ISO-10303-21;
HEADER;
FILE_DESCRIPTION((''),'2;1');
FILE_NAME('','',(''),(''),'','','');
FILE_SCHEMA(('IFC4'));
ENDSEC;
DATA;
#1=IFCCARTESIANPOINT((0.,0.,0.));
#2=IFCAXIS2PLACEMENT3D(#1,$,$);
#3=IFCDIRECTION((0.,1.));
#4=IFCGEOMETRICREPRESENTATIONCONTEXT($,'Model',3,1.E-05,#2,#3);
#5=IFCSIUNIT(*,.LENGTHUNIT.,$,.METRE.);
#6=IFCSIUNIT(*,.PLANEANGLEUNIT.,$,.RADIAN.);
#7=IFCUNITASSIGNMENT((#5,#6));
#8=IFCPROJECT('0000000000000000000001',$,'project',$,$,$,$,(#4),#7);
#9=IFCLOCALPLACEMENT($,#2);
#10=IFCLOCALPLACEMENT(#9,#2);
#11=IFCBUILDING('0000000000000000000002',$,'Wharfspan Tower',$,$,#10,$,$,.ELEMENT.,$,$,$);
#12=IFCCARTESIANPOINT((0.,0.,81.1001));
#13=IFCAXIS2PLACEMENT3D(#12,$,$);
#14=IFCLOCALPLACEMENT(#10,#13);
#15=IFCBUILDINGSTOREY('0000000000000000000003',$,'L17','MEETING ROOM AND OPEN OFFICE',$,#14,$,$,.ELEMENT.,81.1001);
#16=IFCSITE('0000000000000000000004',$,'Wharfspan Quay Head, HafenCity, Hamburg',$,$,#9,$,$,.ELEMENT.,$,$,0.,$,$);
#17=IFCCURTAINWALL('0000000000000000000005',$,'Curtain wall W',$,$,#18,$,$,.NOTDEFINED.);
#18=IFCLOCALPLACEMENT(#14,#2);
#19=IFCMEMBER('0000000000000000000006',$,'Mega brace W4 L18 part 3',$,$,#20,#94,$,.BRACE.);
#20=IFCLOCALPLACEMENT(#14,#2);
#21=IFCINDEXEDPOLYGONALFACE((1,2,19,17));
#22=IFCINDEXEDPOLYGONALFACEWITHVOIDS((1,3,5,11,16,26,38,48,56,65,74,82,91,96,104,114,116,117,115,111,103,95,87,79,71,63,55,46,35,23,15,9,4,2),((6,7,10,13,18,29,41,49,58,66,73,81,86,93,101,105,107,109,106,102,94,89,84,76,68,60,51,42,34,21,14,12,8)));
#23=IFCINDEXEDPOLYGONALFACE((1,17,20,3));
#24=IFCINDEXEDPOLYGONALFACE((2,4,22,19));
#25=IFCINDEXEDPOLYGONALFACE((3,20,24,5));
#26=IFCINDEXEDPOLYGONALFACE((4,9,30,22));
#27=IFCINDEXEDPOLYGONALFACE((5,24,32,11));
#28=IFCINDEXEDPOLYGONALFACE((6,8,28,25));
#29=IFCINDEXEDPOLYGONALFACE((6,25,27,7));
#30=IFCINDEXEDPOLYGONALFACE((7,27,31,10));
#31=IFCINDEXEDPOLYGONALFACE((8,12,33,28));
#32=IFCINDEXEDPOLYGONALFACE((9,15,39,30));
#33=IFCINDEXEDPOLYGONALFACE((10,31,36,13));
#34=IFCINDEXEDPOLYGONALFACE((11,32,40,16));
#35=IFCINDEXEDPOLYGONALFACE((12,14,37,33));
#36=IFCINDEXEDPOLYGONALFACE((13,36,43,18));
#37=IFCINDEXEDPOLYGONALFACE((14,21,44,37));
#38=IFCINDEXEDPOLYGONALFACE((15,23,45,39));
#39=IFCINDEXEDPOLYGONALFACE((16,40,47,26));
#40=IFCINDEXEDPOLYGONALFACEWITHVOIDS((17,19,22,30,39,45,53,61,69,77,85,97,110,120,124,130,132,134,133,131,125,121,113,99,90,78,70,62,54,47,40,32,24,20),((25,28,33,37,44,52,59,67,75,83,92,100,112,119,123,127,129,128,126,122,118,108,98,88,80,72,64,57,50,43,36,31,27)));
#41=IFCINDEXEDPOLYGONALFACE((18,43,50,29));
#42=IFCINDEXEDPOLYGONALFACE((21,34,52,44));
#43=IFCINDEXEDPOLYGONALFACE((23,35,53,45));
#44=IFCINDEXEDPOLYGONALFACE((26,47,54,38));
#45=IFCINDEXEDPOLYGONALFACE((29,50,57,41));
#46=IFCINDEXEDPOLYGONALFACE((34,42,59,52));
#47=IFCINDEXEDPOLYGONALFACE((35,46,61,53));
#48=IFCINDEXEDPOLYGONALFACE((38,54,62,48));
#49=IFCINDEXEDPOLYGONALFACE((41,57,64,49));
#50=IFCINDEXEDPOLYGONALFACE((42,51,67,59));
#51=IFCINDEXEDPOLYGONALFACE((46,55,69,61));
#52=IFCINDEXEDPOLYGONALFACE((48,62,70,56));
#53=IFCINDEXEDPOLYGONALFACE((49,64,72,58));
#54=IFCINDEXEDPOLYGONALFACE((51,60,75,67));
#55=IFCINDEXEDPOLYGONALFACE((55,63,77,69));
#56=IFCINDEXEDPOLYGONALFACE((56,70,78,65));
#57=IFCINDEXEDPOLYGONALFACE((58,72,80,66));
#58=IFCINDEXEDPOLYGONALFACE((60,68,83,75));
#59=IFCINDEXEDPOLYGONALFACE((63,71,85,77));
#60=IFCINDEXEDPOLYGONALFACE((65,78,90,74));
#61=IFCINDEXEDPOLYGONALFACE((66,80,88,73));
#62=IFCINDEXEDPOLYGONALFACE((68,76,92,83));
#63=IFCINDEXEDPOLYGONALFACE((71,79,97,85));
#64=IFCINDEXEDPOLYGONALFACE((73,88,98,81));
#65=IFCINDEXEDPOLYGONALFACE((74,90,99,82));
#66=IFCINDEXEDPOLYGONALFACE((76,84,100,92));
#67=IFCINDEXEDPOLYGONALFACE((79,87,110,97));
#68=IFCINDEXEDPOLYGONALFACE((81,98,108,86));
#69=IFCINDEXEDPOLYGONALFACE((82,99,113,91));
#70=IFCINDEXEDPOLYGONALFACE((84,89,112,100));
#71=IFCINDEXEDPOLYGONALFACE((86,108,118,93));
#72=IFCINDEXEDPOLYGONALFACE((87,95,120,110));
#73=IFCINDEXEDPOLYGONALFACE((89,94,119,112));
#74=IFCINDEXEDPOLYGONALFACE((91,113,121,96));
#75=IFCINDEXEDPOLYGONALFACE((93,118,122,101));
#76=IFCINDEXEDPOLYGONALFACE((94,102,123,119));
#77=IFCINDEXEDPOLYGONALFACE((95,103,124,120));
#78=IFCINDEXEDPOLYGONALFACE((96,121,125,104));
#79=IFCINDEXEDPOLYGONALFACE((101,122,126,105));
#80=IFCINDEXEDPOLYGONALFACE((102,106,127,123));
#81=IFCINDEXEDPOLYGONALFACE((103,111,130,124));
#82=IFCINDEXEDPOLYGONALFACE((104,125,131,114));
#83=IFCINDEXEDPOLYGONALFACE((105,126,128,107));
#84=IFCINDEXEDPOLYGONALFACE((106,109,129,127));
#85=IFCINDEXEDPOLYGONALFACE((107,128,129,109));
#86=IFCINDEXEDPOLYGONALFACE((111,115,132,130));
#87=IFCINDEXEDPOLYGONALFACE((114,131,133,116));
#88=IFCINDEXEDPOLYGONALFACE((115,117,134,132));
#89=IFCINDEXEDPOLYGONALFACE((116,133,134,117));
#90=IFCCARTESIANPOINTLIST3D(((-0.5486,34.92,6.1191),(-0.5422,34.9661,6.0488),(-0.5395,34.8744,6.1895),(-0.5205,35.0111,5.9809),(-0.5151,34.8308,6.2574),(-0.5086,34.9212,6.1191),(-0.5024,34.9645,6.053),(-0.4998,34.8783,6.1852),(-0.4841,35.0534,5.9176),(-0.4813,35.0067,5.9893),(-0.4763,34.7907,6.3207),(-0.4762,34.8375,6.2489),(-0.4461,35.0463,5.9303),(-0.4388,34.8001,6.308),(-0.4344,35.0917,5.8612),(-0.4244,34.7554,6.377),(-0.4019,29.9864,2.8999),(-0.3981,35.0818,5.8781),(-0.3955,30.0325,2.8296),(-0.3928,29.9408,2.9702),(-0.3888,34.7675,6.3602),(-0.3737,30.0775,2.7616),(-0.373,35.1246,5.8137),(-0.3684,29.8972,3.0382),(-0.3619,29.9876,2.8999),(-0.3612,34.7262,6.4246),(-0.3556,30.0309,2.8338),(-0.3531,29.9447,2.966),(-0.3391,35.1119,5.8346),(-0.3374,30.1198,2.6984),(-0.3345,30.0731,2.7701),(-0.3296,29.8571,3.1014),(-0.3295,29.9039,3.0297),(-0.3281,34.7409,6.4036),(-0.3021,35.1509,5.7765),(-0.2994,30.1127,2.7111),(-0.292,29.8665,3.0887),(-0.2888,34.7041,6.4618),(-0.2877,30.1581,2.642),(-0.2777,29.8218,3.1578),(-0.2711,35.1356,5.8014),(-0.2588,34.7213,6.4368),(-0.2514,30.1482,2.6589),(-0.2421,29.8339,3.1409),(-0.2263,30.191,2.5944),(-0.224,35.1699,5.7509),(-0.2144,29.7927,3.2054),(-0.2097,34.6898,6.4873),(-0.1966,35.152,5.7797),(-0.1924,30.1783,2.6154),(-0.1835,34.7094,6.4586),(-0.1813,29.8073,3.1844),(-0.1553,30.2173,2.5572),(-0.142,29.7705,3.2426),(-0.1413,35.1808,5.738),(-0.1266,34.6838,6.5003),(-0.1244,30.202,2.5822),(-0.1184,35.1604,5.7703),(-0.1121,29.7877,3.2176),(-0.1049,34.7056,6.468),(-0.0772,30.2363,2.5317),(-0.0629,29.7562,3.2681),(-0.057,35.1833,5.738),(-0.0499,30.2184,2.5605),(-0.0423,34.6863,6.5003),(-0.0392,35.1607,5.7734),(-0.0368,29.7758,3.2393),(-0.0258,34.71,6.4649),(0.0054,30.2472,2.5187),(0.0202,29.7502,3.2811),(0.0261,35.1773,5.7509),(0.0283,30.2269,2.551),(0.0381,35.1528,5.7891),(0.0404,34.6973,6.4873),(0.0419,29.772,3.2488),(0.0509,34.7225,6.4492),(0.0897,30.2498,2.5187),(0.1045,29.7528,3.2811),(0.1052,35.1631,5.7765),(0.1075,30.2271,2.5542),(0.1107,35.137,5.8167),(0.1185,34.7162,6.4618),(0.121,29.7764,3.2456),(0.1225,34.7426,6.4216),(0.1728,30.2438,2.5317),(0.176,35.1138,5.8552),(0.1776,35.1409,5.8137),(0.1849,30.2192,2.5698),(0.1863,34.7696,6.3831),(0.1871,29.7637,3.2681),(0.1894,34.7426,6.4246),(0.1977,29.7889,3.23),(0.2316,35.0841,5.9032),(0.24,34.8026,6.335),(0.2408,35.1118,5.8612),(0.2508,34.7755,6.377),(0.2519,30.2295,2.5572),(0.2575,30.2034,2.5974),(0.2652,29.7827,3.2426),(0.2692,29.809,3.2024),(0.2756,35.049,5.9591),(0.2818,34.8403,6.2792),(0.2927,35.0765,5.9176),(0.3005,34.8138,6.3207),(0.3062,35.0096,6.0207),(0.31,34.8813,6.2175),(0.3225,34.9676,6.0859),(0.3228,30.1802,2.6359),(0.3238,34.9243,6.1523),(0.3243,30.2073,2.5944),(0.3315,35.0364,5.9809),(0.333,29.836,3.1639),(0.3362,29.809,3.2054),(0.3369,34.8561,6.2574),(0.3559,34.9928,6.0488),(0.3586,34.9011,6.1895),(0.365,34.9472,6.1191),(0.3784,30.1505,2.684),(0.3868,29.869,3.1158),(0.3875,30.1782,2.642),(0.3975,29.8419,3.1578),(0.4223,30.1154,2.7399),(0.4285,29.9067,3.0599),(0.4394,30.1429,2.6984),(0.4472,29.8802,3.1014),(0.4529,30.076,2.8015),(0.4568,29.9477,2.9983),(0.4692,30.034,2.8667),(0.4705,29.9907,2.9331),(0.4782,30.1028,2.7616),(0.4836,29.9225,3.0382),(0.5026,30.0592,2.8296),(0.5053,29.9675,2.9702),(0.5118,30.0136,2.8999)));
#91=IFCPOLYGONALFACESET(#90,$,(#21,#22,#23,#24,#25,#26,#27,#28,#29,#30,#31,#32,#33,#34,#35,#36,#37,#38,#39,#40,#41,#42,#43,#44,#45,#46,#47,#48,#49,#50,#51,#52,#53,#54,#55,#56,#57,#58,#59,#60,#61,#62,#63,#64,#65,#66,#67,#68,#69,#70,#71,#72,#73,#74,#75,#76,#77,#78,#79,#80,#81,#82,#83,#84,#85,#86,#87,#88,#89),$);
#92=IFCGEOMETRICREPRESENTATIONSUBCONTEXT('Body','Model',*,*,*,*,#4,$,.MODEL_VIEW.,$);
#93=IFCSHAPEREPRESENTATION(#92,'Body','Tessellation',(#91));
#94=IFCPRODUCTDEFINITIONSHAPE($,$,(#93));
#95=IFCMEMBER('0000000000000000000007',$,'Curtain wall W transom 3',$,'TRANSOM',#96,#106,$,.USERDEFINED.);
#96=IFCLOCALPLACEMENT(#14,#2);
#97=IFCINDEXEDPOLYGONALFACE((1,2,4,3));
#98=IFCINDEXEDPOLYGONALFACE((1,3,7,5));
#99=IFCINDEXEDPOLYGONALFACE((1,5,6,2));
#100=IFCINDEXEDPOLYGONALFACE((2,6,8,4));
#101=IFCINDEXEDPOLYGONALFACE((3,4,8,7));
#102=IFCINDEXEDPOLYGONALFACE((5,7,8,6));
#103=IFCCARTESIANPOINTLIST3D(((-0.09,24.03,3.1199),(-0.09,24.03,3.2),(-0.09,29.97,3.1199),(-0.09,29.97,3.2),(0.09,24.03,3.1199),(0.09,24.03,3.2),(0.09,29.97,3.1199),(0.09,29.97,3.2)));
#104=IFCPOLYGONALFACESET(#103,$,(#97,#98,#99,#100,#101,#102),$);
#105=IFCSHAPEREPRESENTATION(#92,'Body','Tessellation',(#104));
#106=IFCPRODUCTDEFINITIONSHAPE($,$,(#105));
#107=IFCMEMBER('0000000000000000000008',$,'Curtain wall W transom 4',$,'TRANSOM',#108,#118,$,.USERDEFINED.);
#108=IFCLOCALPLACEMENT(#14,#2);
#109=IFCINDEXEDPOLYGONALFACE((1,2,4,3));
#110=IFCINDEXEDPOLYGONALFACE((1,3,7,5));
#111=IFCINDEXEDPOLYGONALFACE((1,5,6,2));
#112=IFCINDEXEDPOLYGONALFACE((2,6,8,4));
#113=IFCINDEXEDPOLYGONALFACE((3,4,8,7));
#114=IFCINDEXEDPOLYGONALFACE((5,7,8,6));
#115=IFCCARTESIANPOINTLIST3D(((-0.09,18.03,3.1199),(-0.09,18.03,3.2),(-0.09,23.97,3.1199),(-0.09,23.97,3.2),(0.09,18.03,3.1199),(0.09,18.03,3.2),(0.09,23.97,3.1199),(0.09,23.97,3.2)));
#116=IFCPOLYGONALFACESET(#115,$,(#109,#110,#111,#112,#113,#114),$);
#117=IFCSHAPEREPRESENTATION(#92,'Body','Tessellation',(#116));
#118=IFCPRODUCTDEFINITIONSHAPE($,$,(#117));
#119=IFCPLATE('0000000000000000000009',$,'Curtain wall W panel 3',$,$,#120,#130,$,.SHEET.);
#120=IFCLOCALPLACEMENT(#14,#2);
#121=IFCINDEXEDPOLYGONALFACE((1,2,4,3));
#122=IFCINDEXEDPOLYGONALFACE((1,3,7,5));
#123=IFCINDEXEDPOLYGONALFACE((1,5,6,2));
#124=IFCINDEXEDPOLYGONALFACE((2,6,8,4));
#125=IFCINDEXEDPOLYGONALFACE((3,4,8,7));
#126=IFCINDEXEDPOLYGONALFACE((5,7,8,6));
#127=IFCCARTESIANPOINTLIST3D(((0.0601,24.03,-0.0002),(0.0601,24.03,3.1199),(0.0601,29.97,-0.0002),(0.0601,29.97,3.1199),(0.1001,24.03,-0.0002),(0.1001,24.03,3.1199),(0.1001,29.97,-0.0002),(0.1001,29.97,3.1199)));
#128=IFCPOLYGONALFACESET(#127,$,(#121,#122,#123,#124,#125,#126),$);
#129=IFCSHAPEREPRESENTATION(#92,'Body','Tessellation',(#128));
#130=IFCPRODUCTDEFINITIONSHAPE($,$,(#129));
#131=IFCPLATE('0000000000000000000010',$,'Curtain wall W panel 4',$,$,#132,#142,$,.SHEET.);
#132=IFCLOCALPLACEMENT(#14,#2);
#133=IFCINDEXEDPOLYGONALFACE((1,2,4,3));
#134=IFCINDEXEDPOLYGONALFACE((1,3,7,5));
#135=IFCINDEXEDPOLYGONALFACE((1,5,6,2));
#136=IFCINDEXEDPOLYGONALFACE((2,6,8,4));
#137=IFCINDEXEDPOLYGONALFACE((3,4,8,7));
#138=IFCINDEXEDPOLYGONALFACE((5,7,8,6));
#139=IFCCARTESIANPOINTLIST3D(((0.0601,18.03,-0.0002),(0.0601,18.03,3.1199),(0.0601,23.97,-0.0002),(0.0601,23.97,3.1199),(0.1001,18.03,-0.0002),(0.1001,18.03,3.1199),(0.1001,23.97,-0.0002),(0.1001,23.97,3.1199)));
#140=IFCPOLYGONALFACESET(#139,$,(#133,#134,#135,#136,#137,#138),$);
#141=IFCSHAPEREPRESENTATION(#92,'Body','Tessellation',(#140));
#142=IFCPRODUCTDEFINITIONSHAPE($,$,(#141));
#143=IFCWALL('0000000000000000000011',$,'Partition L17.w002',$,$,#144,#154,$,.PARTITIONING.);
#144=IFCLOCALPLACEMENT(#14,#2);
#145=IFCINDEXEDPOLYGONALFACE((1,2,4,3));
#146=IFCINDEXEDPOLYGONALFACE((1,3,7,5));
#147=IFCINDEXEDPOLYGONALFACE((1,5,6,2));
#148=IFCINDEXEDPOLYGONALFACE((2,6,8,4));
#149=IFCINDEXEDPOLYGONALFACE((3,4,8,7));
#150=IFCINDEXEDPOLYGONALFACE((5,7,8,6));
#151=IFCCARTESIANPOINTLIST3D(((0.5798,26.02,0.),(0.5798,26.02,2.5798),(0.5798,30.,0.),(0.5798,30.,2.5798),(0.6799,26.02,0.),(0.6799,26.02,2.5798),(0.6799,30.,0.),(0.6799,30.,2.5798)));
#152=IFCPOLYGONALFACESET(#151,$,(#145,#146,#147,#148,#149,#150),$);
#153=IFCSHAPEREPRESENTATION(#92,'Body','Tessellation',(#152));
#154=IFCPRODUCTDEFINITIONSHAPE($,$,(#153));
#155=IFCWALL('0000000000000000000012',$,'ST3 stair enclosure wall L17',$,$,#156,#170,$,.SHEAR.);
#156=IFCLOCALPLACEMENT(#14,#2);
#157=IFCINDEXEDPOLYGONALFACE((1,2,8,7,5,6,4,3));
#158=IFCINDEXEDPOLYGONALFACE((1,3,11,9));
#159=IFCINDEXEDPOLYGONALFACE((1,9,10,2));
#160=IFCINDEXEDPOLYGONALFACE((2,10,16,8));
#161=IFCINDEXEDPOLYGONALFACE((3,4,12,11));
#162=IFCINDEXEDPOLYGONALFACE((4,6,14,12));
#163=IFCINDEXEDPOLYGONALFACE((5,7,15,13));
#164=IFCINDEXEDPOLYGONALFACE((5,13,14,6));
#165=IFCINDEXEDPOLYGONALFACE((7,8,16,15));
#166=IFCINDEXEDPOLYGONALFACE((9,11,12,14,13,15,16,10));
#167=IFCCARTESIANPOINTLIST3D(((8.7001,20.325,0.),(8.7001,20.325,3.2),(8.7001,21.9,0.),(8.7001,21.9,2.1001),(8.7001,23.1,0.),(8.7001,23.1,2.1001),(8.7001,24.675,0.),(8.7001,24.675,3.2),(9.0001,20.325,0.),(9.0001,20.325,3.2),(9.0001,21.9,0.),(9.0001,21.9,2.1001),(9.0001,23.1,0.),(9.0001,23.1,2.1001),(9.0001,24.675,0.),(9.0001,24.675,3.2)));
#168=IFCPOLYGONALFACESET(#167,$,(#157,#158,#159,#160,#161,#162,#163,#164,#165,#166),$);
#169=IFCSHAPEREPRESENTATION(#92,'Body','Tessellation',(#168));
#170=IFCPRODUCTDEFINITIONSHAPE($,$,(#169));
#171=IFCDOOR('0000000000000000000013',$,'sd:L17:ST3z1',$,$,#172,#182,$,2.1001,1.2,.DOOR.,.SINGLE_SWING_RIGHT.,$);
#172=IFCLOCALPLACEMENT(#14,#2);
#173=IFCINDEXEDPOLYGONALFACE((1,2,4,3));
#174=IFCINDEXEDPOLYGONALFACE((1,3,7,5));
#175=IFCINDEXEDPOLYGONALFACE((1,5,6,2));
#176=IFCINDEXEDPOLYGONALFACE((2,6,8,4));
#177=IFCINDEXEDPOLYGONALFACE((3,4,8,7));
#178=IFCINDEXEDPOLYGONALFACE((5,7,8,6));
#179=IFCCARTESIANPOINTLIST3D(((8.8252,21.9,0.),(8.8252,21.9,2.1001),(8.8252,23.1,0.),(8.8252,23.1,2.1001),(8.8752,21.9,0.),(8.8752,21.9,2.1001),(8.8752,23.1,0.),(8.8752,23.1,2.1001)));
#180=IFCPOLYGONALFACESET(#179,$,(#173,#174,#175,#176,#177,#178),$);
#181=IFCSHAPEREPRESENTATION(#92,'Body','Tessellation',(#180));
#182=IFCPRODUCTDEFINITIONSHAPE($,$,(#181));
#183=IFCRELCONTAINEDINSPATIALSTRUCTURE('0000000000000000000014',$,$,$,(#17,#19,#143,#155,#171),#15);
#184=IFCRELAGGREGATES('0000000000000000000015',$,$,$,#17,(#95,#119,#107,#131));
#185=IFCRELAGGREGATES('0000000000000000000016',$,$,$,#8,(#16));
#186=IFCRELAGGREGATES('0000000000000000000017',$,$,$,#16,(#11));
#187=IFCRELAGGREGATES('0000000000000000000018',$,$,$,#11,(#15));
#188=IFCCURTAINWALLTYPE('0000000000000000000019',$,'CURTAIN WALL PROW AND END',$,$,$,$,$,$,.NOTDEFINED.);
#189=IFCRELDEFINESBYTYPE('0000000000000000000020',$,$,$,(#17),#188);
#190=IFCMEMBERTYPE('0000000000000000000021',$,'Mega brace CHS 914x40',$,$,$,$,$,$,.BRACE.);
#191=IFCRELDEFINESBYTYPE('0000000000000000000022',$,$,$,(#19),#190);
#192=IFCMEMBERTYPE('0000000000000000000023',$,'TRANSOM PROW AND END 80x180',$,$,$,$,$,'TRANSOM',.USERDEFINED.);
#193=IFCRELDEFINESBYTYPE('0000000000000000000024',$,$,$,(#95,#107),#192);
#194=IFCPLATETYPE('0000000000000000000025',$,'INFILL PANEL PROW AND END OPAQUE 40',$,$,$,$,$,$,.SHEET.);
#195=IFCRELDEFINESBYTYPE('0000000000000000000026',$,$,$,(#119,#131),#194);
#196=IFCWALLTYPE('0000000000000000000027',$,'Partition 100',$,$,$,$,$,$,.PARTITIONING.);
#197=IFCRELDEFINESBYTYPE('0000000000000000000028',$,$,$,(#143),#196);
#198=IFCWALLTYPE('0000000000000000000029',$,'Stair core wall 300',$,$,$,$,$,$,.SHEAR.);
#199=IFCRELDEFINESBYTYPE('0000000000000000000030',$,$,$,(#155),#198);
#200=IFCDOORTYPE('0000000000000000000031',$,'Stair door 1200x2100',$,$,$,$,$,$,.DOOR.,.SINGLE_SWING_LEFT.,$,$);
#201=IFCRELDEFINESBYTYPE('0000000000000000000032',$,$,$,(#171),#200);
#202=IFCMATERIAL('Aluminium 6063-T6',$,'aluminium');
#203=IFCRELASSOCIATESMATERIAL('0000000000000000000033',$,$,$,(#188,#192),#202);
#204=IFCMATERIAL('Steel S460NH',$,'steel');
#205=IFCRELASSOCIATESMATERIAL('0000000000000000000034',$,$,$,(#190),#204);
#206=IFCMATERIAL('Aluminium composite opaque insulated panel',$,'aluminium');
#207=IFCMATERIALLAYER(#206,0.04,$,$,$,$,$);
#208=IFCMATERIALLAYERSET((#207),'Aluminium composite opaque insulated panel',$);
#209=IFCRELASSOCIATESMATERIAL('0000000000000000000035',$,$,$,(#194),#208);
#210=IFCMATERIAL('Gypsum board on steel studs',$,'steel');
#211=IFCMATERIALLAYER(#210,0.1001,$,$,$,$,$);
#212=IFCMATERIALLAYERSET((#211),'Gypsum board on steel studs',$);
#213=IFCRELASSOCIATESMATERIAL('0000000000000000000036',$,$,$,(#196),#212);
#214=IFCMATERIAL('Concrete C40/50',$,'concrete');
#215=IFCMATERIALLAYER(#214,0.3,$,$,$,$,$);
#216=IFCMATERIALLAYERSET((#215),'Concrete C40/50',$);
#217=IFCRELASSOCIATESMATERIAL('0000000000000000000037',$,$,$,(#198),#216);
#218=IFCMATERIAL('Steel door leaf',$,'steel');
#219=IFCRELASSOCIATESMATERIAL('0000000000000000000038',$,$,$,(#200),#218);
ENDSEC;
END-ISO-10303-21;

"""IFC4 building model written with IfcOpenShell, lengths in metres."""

from ifc_helpers import new_model, si_unit, direction, frame, frame_2d, origin, origin_2d, place, context, subcontext, project, spatial, rectangle, hollow_circle, extrude, material, layer, layer_set, material_profile, profile_set, type_object, element, fill, aggregate, save


model = new_model("IFC4")

# Units and contexts
model_context = context("Model", 3, precision=1e-05, world=origin(), true_north=direction((0.0, 1.0)))
body_context = subcontext(model_context, "Body", "Model", "MODEL_VIEW")
ifc_project = project(units=[si_unit("LENGTHUNIT", "METRE"), si_unit("PLANEANGLEUNIT", "RADIAN")], contexts=[model_context])

# Site, building, storey
site_placement = place(None, origin())
site = spatial("IfcSite", under=ifc_project, at=site_placement, Name="Wharfspan Quay Head, HafenCity, Hamburg", CompositionType="ELEMENT", RefElevation=0.0)
building_placement = place(site_placement, origin())
building = spatial("IfcBuilding", under=site, at=building_placement, Name="Wharfspan Tower", CompositionType="ELEMENT")
storey_placement = place(building_placement, frame((0.0, 0.0, 81.1001)))
storey = spatial("IfcBuildingStorey", under=building, at=storey_placement, Name="L17", Description="MEETING ROOM AND OPEN OFFICE", CompositionType="ELEMENT", Elevation=81.1001)

# Curtain wall
ifc_material_1 = material(Name="Aluminium 6063-T6", Category="aluminium")
curtain_wall_type = type_object("IfcCurtainWallType", Name="CURTAIN WALL PROW AND END", PredefinedType="NOTDEFINED", material=ifc_material_1)
curtain_wall_placement = place(storey_placement, origin())
curtain_wall = element("IfcCurtainWall", 1, at=curtain_wall_placement, inside=storey, type_object=curtain_wall_type, Name="Curtain wall W", PredefinedType="NOTDEFINED")

# Member
ifc_material_2 = material(Name="Steel S460NH", Category="steel")
ifc_material_profile_1 = material_profile(ifc_material_2, hollow_circle(Radius=0.457, WallThickness=0.04, at=origin_2d()))
ifc_profile_set_1 = profile_set([ifc_material_profile_1], Name="Steel S460NH")
member_type_1 = type_object("IfcMemberType", Name="Mega brace CHS 914x40", PredefinedType="BRACE", material=ifc_profile_set_1)
member_1_placement = place(storey_placement, frame((0.0549, 30.0, 2.8999), z_axis=(-0.0249, 0.837221, 0.546298), x_axis=(-0.999556, -0.02973, 0.000003)))
element("IfcMember", 2, at=member_1_placement, inside=storey, type_object=member_type_1, Name="Mega brace W4 L18 part 3", PredefinedType="BRACE", context=body_context, shape_type="SweptSolid", body=[
    extrude(hollow_circle(Radius=0.457, WallThickness=0.04, at=origin_2d()), origin(), (0.0, 0.0, 1.0), 5.8928),
])

# Members
ifc_material_profile_2 = material_profile(ifc_material_1, rectangle(XDim=0.1799, YDim=0.0801, at=origin_2d()))
ifc_profile_set_2 = profile_set([ifc_material_profile_2], Name="Aluminium 6063-T6")
member_type_2 = type_object("IfcMemberType", Name="TRANSOM PROW AND END 80x180", ElementType="TRANSOM", PredefinedType="USERDEFINED", material=ifc_profile_set_2)
member_2_placement = place(storey_placement, frame((0.0, 29.97, 3.1599), z_axis=(0.0, -1.0, 0.0), x_axis=(1.0, 0.0, 0.0)))
member_2 = element("IfcMember", 3, at=member_2_placement, type_object=member_type_2, Name="Curtain wall W transom 3", ObjectType="TRANSOM", PredefinedType="USERDEFINED", context=body_context, shape_type="SweptSolid", body=[
    extrude(rectangle(XDim=0.1799, YDim=0.0801, at=origin_2d()), origin(), (0.0, 0.0, 1.0), 5.9399),
])
member_3_placement = place(storey_placement, frame((0.0, 23.97, 3.1599), z_axis=(0.0, -1.0, 0.0), x_axis=(1.0, 0.0, 0.0)))
member_3 = element("IfcMember", 4, at=member_3_placement, type_object=member_type_2, Name="Curtain wall W transom 4", ObjectType="TRANSOM", PredefinedType="USERDEFINED", context=body_context, shape_type="SweptSolid", body=[
    extrude(rectangle(XDim=0.1799, YDim=0.0801, at=origin_2d()), origin(), (0.0, 0.0, 1.0), 5.9399),
])

# Plates
ifc_material_3 = material(Name="Aluminium composite opaque insulated panel", Category="aluminium")
ifc_layer_1 = layer(ifc_material_3, 0.04)
ifc_layer_set_1 = layer_set([ifc_layer_1], Name="Aluminium composite opaque insulated panel")
plate_type = type_object("IfcPlateType", Name="INFILL PANEL PROW AND END OPAQUE 40", PredefinedType="SHEET", material=ifc_layer_set_1)
plate_1_placement = place(storey_placement, frame((0.0801, 27.0, -0.0002), z_axis=(0.0, 0.0, 1.0), x_axis=(0.0, -1.0, 0.0)))
plate_1 = element("IfcPlate", 5, at=plate_1_placement, type_object=plate_type, Name="Curtain wall W panel 3", PredefinedType="SHEET", context=body_context, shape_type="SweptSolid", body=[
    extrude(rectangle(XDim=5.9399, YDim=0.04, at=origin_2d()), origin(), (0.0, 0.0, 1.0), 3.1201),
])
plate_2_placement = place(storey_placement, frame((0.0801, 21.0, -0.0002), z_axis=(0.0, 0.0, 1.0), x_axis=(0.0, -1.0, 0.0)))
plate_2 = element("IfcPlate", 6, at=plate_2_placement, type_object=plate_type, Name="Curtain wall W panel 4", PredefinedType="SHEET", context=body_context, shape_type="SweptSolid", body=[
    extrude(rectangle(XDim=5.9399, YDim=0.04, at=origin_2d()), origin(), (0.0, 0.0, 1.0), 3.1201),
])
aggregate(curtain_wall, [member_2, plate_1, member_3, plate_2])

# Wall
ifc_material_4 = material(Name="Gypsum board on steel studs", Category="steel")
ifc_layer_2 = layer(ifc_material_4, 0.1001)
ifc_layer_set_2 = layer_set([ifc_layer_2], Name="Gypsum board on steel studs")
wall_type_1 = type_object("IfcWallType", Name="Partition 100", PredefinedType="PARTITIONING", material=ifc_layer_set_2)
wall_1_placement = place(storey_placement, frame((0.6299, 26.02, 0.0), z_axis=(0.0, 0.0, 1.0), x_axis=(0.0, 1.0, 0.0)))
element("IfcWall", 7, at=wall_1_placement, inside=storey, type_object=wall_type_1, Name="Partition L17.w002", PredefinedType="PARTITIONING", context=body_context, shape_type="SweptSolid", body=[
    extrude(rectangle(XDim=3.98, YDim=0.1001, at=frame_2d((1.99, 0.0))), origin(), (0.0, 0.0, 1.0), 2.5798),
])

# Wall, opening, door
ifc_material_5 = material(Name="Concrete C40/50", Category="concrete")
ifc_layer_3 = layer(ifc_material_5, 0.3)
ifc_layer_set_3 = layer_set([ifc_layer_3], Name="Concrete C40/50")
wall_type_2 = type_object("IfcWallType", Name="Stair core wall 300", PredefinedType="SHEAR", material=ifc_layer_set_3)
wall_2_placement = place(storey_placement, frame((8.8501, 20.325, 0.0), z_axis=(0.0, 0.0, 1.0), x_axis=(0.0, 1.0, 0.0)))
wall_2 = element("IfcWall", 8, at=wall_2_placement, inside=storey, type_object=wall_type_2, Name="ST3 stair enclosure wall L17", PredefinedType="SHEAR", context=body_context, shape_type="SweptSolid", body=[
    extrude(rectangle(XDim=4.3501, YDim=0.3, at=frame_2d((2.175, 0.0))), origin(), (0.0, 0.0, 1.0), 3.2),
])
opening_placement = place(wall_2_placement, frame((1.575, 0.0, 0.0)))
opening = element("IfcOpeningElement", 9, at=opening_placement, cuts=wall_2, PredefinedType="OPENING", context=body_context, shape_type="SweptSolid", body=[
    extrude(rectangle(XDim=1.2, YDim=2.1001, at=frame_2d((0.6001, 1.05))), frame((0.0, 0.1599, 0.0), z_axis=(0.0, -1.0, 0.0), x_axis=(1.0, 0.0, 0.0)), (0.0, 0.0, 1.0), 0.3201),
])
ifc_material_6 = material(Name="Steel door leaf", Category="steel")
door_type = type_object("IfcDoorType", Name="Stair door 1200x2100", OperationType="SINGLE_SWING_LEFT", PredefinedType="DOOR", material=ifc_material_6)
door_placement = place(opening_placement, origin())
door = element("IfcDoor", 10, at=door_placement, inside=storey, type_object=door_type, Name="sd:L17:ST3z1", OperationType="SINGLE_SWING_RIGHT", OverallHeight=2.1001, OverallWidth=1.2, PredefinedType="DOOR", context=body_context, shape_type="SweptSolid", body=[
    extrude(rectangle(XDim=1.2, YDim=2.1001, at=frame_2d((0.6001, 1.05))), frame((0.0, 0.0249, 0.0), z_axis=(0.0, -1.0, 0.0), x_axis=(1.0, 0.0, 0.0)), (0.0, 0.0, 1.0), 0.05),
])
fill(opening, door)

save(model, "model.ifc")
